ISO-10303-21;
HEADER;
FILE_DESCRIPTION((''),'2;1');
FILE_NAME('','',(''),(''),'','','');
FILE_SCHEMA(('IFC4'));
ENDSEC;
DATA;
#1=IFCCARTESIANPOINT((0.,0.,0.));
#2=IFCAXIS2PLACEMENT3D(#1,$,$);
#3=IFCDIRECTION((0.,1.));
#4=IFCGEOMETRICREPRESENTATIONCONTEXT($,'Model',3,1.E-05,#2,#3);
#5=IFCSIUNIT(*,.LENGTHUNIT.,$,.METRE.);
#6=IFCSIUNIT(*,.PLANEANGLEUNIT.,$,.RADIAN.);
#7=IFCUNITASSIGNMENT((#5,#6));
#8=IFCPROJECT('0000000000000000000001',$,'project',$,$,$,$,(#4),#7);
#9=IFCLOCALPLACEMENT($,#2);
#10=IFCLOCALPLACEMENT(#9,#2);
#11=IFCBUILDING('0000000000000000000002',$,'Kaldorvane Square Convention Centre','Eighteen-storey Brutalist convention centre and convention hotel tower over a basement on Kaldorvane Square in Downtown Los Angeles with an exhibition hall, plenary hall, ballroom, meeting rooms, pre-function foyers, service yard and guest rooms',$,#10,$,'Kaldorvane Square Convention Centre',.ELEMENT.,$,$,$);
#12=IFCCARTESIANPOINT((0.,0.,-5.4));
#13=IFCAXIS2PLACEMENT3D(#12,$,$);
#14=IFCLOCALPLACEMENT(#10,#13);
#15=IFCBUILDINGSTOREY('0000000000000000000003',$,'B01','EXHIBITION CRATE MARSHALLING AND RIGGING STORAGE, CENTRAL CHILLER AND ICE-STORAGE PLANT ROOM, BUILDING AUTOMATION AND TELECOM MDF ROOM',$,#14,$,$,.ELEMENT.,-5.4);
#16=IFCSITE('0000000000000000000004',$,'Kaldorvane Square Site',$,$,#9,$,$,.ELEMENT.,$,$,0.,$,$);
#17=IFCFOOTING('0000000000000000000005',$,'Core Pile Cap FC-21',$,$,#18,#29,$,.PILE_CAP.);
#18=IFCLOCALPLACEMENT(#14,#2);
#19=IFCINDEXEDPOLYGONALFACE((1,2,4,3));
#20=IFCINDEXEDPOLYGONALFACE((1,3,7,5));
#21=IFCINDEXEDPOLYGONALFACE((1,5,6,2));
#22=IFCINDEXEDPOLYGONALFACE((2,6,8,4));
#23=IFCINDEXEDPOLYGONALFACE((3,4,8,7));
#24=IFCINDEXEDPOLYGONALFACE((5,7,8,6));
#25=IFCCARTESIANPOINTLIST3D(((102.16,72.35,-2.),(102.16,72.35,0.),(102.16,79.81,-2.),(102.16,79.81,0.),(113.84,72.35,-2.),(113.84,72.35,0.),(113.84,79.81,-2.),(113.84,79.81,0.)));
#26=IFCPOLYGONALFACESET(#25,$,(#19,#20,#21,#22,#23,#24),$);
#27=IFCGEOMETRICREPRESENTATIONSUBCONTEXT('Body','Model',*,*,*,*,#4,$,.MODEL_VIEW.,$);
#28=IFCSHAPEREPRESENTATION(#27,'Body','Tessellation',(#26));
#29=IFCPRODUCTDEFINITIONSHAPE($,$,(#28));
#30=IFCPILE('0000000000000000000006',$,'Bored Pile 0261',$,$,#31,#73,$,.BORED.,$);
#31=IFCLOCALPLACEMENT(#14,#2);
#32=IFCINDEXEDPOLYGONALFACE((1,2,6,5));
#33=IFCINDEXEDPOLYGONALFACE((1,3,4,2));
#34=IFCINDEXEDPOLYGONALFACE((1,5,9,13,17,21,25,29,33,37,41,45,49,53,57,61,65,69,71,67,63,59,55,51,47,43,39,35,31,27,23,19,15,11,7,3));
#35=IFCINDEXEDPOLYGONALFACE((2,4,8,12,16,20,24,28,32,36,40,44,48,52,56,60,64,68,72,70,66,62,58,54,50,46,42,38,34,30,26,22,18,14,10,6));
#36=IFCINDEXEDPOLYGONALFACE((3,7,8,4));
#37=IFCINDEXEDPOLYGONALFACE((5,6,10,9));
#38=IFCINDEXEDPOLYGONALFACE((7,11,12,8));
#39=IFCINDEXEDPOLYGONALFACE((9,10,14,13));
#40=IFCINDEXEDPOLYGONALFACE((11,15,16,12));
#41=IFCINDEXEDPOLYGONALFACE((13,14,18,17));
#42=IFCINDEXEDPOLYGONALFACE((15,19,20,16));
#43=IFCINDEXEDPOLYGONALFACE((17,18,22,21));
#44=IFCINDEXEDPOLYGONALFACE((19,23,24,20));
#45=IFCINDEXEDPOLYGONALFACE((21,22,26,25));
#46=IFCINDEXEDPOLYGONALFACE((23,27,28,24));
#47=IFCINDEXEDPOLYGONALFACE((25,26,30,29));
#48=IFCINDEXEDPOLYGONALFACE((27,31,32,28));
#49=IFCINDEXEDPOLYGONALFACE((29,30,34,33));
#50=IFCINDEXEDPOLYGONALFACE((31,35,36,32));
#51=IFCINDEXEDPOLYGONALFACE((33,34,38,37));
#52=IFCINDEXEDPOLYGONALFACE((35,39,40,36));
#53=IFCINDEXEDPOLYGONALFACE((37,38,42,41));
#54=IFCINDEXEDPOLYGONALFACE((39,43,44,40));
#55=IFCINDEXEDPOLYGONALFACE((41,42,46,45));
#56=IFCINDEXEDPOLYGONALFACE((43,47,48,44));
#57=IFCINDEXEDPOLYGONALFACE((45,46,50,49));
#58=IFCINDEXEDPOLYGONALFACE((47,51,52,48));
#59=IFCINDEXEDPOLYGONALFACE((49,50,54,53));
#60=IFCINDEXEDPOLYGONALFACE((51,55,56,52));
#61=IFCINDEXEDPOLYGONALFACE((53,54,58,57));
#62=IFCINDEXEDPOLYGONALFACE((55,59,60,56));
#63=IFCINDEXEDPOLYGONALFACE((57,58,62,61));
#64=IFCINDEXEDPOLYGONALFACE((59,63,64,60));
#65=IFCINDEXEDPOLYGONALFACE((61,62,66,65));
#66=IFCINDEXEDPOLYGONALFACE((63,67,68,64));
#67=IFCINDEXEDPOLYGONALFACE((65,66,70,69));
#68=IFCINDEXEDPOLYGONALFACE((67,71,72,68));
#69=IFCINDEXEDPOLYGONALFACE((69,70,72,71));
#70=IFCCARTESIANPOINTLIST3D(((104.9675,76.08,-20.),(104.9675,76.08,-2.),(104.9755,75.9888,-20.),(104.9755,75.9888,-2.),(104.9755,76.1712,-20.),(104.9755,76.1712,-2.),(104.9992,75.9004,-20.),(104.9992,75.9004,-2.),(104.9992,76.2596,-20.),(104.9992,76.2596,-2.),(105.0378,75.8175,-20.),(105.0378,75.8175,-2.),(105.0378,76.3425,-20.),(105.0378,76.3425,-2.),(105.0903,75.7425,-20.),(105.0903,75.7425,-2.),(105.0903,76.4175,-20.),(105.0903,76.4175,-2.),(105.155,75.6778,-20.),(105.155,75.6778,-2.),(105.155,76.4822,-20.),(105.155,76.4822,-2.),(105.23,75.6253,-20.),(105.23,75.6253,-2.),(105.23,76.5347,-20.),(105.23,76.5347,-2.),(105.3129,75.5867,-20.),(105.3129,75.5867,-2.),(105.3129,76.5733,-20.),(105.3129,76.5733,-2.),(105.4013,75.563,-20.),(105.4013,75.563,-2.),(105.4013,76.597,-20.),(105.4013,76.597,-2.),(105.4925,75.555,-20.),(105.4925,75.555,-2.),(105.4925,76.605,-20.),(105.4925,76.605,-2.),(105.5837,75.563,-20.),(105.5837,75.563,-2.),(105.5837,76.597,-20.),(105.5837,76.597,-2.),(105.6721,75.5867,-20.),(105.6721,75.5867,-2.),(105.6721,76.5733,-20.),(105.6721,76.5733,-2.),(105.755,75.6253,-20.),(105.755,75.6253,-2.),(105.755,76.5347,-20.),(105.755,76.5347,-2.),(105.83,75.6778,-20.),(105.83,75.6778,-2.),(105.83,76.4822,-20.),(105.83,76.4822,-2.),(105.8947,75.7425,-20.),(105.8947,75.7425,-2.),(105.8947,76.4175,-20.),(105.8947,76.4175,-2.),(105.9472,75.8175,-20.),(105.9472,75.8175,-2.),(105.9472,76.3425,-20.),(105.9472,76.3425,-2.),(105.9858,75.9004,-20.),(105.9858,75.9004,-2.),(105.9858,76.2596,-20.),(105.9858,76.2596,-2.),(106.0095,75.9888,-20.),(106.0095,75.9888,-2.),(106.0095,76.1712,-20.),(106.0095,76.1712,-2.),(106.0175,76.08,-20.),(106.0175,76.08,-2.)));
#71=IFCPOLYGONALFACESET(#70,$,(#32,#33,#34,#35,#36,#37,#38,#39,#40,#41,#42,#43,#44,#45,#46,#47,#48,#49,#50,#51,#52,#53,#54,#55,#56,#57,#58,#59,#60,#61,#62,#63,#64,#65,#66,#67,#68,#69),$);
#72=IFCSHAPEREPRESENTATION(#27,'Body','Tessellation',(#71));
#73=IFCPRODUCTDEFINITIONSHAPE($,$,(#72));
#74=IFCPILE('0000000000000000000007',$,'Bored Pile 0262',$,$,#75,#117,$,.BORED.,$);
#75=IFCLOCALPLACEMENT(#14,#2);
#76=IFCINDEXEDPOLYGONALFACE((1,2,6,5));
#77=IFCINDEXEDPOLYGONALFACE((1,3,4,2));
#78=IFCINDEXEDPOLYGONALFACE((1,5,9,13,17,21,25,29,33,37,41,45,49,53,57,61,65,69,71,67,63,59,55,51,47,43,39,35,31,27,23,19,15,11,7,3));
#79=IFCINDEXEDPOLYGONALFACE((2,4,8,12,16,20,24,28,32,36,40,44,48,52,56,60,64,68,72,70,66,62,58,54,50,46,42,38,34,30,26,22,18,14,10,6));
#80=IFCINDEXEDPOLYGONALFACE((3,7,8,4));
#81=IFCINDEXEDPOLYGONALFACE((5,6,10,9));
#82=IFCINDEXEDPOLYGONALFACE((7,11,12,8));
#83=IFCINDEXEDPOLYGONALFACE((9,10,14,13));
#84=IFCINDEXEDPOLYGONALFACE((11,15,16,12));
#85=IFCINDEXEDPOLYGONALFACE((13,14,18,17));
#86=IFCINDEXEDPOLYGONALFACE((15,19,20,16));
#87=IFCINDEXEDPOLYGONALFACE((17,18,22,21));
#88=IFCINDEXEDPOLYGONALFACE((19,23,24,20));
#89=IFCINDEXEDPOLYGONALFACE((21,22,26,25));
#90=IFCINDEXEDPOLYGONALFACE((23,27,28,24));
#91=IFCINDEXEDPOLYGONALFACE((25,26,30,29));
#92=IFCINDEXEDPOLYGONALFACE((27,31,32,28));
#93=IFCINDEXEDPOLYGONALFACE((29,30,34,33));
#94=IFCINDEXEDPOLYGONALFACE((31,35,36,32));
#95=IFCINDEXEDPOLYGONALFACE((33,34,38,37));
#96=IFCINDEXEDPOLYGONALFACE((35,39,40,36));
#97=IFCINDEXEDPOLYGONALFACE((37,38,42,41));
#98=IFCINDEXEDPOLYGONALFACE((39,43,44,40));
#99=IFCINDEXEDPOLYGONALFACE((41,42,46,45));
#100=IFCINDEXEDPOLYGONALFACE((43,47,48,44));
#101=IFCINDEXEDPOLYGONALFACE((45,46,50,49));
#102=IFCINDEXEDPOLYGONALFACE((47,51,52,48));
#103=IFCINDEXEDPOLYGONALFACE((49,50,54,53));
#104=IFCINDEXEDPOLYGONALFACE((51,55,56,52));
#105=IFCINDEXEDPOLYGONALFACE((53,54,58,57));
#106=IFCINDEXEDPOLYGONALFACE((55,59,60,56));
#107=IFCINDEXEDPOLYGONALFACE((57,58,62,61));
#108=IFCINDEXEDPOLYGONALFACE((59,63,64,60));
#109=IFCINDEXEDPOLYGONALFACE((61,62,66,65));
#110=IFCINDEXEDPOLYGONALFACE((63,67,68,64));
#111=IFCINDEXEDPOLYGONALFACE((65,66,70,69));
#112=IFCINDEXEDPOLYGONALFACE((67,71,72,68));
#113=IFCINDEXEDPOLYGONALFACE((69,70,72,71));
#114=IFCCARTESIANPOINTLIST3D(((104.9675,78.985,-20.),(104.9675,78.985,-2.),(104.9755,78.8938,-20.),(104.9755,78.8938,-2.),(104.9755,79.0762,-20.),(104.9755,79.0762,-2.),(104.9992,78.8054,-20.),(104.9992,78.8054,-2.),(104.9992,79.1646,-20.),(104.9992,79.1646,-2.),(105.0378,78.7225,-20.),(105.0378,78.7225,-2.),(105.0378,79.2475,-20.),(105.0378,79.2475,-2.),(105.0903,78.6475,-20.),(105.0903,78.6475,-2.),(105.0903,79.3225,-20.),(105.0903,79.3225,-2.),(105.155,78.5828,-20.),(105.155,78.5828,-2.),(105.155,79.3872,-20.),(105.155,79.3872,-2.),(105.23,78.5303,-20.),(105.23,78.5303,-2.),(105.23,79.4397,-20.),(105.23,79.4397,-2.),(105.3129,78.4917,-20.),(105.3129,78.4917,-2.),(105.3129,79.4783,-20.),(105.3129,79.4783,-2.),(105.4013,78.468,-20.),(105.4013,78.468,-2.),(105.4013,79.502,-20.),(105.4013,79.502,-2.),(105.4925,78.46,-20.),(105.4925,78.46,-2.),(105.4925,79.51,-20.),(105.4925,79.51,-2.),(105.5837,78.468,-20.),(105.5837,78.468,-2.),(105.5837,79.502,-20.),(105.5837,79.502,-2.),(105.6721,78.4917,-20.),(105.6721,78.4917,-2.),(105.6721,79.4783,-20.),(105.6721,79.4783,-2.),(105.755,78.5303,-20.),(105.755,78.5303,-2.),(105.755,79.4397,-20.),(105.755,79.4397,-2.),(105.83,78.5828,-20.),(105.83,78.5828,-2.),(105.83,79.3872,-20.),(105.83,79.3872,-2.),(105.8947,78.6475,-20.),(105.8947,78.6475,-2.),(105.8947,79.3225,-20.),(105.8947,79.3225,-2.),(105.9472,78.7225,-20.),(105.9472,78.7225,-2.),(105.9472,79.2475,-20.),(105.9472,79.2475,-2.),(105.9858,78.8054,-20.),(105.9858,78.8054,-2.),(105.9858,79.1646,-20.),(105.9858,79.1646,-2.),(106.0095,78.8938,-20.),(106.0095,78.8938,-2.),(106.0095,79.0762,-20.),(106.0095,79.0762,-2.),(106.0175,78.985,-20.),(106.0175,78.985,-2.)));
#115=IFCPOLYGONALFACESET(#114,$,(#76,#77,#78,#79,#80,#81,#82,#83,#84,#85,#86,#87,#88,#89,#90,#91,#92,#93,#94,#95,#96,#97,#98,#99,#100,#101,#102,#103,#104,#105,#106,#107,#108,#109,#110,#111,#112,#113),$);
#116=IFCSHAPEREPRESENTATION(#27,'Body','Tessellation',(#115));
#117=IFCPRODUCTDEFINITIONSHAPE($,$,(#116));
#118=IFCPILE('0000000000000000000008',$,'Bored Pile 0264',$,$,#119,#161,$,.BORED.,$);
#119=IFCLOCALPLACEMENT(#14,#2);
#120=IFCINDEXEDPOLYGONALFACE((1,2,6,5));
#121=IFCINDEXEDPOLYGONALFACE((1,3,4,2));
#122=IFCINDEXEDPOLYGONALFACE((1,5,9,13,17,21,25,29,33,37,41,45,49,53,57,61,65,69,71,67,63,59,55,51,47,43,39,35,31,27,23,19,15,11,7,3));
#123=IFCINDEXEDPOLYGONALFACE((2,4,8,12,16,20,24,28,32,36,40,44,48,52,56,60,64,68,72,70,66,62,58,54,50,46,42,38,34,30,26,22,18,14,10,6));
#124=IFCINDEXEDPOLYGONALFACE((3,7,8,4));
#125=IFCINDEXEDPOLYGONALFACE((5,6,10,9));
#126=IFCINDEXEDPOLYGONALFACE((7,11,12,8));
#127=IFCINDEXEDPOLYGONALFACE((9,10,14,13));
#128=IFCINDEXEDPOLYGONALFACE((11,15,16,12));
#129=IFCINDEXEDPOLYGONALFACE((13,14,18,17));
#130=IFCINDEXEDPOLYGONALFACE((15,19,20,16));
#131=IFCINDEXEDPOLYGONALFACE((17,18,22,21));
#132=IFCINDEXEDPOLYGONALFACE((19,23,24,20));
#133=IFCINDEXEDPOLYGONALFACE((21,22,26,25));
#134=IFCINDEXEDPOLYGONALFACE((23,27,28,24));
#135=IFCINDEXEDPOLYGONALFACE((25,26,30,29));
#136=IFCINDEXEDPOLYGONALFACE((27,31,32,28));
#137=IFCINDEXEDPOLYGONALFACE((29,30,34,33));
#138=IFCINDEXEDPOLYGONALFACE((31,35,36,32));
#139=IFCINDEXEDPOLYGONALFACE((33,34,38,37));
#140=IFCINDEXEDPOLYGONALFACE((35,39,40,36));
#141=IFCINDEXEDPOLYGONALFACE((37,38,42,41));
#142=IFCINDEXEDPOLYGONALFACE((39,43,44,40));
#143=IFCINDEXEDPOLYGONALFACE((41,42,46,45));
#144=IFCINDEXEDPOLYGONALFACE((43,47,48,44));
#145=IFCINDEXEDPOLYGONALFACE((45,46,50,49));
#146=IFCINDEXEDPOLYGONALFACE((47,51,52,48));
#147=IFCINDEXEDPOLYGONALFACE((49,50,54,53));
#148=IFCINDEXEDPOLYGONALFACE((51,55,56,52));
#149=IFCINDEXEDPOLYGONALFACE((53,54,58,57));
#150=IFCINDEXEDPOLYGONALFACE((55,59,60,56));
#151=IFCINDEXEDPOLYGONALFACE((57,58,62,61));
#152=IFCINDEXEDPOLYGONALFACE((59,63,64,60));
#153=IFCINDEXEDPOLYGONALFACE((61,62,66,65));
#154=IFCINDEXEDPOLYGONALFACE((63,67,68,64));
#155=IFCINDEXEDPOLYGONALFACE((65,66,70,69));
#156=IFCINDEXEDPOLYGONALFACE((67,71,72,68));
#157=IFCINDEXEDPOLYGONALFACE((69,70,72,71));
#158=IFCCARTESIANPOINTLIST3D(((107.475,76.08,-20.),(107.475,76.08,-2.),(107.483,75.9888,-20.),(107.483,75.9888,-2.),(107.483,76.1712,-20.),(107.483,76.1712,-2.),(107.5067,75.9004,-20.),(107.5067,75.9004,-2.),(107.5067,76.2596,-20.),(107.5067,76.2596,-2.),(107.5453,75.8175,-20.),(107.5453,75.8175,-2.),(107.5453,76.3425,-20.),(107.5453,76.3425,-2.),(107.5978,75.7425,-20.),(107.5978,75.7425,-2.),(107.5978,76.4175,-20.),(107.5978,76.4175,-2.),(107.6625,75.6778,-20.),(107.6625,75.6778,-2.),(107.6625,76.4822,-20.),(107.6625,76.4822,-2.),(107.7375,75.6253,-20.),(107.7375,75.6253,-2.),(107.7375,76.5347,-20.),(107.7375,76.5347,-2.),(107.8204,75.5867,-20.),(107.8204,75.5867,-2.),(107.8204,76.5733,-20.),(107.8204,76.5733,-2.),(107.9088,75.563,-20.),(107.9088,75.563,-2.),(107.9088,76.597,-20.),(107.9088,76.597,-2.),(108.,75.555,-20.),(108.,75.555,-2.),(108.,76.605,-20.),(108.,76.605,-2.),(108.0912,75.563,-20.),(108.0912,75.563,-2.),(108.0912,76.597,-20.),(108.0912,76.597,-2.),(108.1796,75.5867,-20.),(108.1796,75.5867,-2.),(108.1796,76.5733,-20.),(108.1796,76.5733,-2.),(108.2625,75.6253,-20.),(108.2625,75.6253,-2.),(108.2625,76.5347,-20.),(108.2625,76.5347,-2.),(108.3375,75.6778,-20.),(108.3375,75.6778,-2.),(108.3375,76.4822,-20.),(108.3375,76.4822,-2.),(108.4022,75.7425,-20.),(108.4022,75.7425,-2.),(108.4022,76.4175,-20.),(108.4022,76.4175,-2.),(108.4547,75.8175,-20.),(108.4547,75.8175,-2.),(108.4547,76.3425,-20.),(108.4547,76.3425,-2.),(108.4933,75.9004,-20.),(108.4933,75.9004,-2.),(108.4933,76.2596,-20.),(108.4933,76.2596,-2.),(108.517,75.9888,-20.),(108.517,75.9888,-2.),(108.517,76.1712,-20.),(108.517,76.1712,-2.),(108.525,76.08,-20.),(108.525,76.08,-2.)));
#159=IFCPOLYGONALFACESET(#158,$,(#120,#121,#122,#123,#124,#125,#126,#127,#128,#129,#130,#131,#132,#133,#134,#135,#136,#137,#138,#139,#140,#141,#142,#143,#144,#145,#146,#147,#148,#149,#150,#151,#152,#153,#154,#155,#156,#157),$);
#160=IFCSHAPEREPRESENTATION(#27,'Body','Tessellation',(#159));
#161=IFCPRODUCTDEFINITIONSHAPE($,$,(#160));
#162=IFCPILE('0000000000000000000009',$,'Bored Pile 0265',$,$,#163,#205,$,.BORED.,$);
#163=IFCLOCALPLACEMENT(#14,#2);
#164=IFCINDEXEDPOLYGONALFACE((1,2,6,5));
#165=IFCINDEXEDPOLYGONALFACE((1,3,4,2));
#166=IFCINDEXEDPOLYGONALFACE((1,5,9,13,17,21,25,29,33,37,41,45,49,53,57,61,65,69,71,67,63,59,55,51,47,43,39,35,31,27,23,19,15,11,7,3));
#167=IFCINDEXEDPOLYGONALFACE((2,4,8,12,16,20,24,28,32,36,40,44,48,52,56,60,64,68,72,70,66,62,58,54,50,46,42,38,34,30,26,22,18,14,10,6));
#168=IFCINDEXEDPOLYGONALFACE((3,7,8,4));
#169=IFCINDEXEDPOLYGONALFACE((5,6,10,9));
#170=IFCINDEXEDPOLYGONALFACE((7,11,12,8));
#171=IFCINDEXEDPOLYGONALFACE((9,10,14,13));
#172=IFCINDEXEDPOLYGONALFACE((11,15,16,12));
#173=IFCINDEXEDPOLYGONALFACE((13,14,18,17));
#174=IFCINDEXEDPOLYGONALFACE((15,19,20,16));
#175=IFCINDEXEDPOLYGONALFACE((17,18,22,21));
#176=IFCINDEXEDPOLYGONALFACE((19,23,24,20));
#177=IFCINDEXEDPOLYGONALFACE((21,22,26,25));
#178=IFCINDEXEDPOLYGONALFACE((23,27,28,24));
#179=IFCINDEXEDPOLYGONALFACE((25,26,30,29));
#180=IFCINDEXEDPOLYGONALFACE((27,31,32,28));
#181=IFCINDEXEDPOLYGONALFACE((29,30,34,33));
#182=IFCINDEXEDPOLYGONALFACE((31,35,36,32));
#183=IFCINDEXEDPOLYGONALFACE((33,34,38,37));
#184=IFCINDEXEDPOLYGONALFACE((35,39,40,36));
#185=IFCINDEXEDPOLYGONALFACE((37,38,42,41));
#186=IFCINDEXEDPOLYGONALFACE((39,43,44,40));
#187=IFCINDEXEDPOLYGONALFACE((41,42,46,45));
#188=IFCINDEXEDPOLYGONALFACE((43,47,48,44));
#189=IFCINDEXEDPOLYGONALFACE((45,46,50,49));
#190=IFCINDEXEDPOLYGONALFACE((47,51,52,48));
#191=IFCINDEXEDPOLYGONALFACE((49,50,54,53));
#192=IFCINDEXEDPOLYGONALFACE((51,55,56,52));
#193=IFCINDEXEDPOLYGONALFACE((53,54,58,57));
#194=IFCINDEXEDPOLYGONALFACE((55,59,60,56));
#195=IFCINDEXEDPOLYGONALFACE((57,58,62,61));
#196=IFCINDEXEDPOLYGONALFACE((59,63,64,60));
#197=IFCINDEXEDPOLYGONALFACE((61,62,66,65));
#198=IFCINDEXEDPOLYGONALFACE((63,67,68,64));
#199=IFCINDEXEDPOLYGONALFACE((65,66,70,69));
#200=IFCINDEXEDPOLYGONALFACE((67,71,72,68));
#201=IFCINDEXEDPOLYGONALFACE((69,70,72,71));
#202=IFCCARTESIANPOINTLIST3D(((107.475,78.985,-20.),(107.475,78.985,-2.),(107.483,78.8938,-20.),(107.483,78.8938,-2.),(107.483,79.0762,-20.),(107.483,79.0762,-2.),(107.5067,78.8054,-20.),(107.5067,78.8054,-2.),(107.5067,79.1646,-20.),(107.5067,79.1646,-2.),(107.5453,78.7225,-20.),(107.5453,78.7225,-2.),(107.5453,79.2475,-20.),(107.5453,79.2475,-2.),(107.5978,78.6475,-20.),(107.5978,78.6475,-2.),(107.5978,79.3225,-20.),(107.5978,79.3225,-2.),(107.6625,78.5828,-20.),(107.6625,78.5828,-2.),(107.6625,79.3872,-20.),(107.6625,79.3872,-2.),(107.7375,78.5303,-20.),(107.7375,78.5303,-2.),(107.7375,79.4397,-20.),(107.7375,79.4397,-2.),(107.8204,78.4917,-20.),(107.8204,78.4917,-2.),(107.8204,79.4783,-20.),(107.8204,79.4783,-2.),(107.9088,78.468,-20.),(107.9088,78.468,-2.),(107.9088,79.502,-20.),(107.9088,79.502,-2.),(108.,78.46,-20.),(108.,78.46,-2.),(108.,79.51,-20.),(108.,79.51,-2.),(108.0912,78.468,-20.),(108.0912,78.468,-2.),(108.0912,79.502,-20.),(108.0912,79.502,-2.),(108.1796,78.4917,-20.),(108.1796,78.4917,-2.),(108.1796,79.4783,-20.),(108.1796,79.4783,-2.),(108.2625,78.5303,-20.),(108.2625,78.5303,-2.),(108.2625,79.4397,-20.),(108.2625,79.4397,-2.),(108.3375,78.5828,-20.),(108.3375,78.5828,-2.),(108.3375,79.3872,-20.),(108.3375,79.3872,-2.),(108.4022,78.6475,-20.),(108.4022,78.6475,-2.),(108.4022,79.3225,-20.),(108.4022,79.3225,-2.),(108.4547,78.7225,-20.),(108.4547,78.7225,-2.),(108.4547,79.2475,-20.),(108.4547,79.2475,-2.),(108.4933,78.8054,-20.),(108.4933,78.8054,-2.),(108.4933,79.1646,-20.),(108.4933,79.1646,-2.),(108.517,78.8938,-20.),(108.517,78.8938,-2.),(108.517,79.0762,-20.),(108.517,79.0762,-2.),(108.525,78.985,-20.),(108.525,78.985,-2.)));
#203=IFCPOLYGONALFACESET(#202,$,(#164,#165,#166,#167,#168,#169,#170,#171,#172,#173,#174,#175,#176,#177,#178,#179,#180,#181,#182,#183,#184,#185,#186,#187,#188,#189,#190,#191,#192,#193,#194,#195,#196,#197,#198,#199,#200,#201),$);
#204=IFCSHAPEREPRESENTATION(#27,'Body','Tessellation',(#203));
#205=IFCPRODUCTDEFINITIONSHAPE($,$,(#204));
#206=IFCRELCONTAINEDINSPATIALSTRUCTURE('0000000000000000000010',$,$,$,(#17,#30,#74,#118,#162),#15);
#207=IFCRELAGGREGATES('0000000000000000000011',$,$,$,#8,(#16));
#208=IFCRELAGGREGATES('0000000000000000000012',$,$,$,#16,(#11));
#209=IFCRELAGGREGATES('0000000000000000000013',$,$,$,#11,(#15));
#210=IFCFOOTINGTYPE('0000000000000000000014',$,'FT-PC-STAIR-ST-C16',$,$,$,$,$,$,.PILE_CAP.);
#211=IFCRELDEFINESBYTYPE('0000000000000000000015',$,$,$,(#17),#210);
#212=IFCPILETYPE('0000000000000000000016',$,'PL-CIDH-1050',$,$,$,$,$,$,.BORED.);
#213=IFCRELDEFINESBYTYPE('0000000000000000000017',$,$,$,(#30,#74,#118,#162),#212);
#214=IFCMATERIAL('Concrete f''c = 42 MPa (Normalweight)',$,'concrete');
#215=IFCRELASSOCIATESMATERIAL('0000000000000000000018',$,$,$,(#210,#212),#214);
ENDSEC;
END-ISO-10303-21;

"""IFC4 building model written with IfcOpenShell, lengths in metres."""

from ifc_helpers import new_model, si_unit, direction, frame, origin, origin_2d, place, context, subcontext, project, spatial, rectangle, circle, extrude, material, material_profile, profile_set, type_object, element, save


model = new_model("IFC4")

# Units and contexts
model_context = context("Model", 3, precision=1e-05, world=origin(), true_north=direction((0.0, 1.0)))
body_context = subcontext(model_context, "Body", "Model", "MODEL_VIEW")
ifc_project = project(units=[si_unit("LENGTHUNIT", "METRE"), si_unit("PLANEANGLEUNIT", "RADIAN")], contexts=[model_context])

# Site, building, storey
site_placement = place(None, origin())
site = spatial("IfcSite", under=ifc_project, at=site_placement, Name="Kaldorvane Square Site", CompositionType="ELEMENT", RefElevation=0.0)
building_placement = place(site_placement, origin())
building = spatial("IfcBuilding", under=site, at=building_placement, Name="Kaldorvane Square Convention Centre", Description="Eighteen-storey Brutalist convention centre and convention hotel tower over a basement on Kaldorvane Square in Downtown Los Angeles with an exhibition hall, plenary hall, ballroom, meeting rooms, pre-function foyers, service yard and guest rooms", LongName="Kaldorvane Square Convention Centre", CompositionType="ELEMENT")
storey_placement = place(building_placement, frame((0.0, 0.0, -5.4)))
storey = spatial("IfcBuildingStorey", under=building, at=storey_placement, Name="B01", Description="EXHIBITION CRATE MARSHALLING AND RIGGING STORAGE, CENTRAL CHILLER AND ICE-STORAGE PLANT ROOM, BUILDING AUTOMATION AND TELECOM MDF ROOM", CompositionType="ELEMENT", Elevation=-5.4)

# Footing
ifc_material_1 = material(Name="Concrete f'c = 42 MPa (Normalweight)", Category="concrete")
footing_type = type_object("IfcFootingType", Name="FT-PC-STAIR-ST-C16", PredefinedType="PILE_CAP", material=ifc_material_1)
footing_placement = place(storey_placement, frame((108.0, 76.08, -2.0), z_axis=(0.0, 0.0, 1.0), x_axis=(1.0, 0.0, 0.0)))
element("IfcFooting", 1, at=footing_placement, inside=storey, type_object=footing_type, Name="Core Pile Cap FC-21", PredefinedType="PILE_CAP", context=body_context, shape_type="SweptSolid", body=[
    extrude(rectangle(XDim=11.68, YDim=7.46, at=origin_2d()), origin(), (0.0, 0.0, 1.0), 2.0),
])

# Piles
ifc_material_profile_1 = material_profile(ifc_material_1, circle(Radius=0.525, at=origin_2d()), Name="PILE-D1050")
ifc_profile_set_1 = profile_set([ifc_material_profile_1], Name="Concrete f'c = 42 MPa (Normalweight)")
pile_type_1 = type_object("IfcPileType", Name="PL-CIDH-1050", PredefinedType="BORED", material=ifc_profile_set_1)
for number, where, z_axis, x_axis, name in (
    (2, (105.4925, 76.08, -2.0), (0.0, 0.0, -1.0), (1.0, 0.0, 0.0), "Bored Pile 0261"),
    (3, (105.4925, 78.985, -2.0), (0.0, 0.0, -1.0), (1.0, 0.0, 0.0), "Bored Pile 0262"),
    (4, (108.0, 76.08, -2.0), (0.0, 0.0, -1.0), (1.0, 0.0, 0.0), "Bored Pile 0264"),
    (5, (108.0, 78.985, -2.0), (0.0, 0.0, -1.0), (1.0, 0.0, 0.0), "Bored Pile 0265"),
):
    element("IfcPile", number, at=place(storey_placement, frame(where, z_axis=z_axis, x_axis=x_axis)), inside=storey, type_object=pile_type_1, Name=name, PredefinedType="BORED", context=body_context, shape_type="SweptSolid", body=[
        extrude(circle(Radius=0.525, at=origin_2d()), origin(), (0.0, 0.0, 1.0), 18.0),
    ])

save(model, "model.ifc")
